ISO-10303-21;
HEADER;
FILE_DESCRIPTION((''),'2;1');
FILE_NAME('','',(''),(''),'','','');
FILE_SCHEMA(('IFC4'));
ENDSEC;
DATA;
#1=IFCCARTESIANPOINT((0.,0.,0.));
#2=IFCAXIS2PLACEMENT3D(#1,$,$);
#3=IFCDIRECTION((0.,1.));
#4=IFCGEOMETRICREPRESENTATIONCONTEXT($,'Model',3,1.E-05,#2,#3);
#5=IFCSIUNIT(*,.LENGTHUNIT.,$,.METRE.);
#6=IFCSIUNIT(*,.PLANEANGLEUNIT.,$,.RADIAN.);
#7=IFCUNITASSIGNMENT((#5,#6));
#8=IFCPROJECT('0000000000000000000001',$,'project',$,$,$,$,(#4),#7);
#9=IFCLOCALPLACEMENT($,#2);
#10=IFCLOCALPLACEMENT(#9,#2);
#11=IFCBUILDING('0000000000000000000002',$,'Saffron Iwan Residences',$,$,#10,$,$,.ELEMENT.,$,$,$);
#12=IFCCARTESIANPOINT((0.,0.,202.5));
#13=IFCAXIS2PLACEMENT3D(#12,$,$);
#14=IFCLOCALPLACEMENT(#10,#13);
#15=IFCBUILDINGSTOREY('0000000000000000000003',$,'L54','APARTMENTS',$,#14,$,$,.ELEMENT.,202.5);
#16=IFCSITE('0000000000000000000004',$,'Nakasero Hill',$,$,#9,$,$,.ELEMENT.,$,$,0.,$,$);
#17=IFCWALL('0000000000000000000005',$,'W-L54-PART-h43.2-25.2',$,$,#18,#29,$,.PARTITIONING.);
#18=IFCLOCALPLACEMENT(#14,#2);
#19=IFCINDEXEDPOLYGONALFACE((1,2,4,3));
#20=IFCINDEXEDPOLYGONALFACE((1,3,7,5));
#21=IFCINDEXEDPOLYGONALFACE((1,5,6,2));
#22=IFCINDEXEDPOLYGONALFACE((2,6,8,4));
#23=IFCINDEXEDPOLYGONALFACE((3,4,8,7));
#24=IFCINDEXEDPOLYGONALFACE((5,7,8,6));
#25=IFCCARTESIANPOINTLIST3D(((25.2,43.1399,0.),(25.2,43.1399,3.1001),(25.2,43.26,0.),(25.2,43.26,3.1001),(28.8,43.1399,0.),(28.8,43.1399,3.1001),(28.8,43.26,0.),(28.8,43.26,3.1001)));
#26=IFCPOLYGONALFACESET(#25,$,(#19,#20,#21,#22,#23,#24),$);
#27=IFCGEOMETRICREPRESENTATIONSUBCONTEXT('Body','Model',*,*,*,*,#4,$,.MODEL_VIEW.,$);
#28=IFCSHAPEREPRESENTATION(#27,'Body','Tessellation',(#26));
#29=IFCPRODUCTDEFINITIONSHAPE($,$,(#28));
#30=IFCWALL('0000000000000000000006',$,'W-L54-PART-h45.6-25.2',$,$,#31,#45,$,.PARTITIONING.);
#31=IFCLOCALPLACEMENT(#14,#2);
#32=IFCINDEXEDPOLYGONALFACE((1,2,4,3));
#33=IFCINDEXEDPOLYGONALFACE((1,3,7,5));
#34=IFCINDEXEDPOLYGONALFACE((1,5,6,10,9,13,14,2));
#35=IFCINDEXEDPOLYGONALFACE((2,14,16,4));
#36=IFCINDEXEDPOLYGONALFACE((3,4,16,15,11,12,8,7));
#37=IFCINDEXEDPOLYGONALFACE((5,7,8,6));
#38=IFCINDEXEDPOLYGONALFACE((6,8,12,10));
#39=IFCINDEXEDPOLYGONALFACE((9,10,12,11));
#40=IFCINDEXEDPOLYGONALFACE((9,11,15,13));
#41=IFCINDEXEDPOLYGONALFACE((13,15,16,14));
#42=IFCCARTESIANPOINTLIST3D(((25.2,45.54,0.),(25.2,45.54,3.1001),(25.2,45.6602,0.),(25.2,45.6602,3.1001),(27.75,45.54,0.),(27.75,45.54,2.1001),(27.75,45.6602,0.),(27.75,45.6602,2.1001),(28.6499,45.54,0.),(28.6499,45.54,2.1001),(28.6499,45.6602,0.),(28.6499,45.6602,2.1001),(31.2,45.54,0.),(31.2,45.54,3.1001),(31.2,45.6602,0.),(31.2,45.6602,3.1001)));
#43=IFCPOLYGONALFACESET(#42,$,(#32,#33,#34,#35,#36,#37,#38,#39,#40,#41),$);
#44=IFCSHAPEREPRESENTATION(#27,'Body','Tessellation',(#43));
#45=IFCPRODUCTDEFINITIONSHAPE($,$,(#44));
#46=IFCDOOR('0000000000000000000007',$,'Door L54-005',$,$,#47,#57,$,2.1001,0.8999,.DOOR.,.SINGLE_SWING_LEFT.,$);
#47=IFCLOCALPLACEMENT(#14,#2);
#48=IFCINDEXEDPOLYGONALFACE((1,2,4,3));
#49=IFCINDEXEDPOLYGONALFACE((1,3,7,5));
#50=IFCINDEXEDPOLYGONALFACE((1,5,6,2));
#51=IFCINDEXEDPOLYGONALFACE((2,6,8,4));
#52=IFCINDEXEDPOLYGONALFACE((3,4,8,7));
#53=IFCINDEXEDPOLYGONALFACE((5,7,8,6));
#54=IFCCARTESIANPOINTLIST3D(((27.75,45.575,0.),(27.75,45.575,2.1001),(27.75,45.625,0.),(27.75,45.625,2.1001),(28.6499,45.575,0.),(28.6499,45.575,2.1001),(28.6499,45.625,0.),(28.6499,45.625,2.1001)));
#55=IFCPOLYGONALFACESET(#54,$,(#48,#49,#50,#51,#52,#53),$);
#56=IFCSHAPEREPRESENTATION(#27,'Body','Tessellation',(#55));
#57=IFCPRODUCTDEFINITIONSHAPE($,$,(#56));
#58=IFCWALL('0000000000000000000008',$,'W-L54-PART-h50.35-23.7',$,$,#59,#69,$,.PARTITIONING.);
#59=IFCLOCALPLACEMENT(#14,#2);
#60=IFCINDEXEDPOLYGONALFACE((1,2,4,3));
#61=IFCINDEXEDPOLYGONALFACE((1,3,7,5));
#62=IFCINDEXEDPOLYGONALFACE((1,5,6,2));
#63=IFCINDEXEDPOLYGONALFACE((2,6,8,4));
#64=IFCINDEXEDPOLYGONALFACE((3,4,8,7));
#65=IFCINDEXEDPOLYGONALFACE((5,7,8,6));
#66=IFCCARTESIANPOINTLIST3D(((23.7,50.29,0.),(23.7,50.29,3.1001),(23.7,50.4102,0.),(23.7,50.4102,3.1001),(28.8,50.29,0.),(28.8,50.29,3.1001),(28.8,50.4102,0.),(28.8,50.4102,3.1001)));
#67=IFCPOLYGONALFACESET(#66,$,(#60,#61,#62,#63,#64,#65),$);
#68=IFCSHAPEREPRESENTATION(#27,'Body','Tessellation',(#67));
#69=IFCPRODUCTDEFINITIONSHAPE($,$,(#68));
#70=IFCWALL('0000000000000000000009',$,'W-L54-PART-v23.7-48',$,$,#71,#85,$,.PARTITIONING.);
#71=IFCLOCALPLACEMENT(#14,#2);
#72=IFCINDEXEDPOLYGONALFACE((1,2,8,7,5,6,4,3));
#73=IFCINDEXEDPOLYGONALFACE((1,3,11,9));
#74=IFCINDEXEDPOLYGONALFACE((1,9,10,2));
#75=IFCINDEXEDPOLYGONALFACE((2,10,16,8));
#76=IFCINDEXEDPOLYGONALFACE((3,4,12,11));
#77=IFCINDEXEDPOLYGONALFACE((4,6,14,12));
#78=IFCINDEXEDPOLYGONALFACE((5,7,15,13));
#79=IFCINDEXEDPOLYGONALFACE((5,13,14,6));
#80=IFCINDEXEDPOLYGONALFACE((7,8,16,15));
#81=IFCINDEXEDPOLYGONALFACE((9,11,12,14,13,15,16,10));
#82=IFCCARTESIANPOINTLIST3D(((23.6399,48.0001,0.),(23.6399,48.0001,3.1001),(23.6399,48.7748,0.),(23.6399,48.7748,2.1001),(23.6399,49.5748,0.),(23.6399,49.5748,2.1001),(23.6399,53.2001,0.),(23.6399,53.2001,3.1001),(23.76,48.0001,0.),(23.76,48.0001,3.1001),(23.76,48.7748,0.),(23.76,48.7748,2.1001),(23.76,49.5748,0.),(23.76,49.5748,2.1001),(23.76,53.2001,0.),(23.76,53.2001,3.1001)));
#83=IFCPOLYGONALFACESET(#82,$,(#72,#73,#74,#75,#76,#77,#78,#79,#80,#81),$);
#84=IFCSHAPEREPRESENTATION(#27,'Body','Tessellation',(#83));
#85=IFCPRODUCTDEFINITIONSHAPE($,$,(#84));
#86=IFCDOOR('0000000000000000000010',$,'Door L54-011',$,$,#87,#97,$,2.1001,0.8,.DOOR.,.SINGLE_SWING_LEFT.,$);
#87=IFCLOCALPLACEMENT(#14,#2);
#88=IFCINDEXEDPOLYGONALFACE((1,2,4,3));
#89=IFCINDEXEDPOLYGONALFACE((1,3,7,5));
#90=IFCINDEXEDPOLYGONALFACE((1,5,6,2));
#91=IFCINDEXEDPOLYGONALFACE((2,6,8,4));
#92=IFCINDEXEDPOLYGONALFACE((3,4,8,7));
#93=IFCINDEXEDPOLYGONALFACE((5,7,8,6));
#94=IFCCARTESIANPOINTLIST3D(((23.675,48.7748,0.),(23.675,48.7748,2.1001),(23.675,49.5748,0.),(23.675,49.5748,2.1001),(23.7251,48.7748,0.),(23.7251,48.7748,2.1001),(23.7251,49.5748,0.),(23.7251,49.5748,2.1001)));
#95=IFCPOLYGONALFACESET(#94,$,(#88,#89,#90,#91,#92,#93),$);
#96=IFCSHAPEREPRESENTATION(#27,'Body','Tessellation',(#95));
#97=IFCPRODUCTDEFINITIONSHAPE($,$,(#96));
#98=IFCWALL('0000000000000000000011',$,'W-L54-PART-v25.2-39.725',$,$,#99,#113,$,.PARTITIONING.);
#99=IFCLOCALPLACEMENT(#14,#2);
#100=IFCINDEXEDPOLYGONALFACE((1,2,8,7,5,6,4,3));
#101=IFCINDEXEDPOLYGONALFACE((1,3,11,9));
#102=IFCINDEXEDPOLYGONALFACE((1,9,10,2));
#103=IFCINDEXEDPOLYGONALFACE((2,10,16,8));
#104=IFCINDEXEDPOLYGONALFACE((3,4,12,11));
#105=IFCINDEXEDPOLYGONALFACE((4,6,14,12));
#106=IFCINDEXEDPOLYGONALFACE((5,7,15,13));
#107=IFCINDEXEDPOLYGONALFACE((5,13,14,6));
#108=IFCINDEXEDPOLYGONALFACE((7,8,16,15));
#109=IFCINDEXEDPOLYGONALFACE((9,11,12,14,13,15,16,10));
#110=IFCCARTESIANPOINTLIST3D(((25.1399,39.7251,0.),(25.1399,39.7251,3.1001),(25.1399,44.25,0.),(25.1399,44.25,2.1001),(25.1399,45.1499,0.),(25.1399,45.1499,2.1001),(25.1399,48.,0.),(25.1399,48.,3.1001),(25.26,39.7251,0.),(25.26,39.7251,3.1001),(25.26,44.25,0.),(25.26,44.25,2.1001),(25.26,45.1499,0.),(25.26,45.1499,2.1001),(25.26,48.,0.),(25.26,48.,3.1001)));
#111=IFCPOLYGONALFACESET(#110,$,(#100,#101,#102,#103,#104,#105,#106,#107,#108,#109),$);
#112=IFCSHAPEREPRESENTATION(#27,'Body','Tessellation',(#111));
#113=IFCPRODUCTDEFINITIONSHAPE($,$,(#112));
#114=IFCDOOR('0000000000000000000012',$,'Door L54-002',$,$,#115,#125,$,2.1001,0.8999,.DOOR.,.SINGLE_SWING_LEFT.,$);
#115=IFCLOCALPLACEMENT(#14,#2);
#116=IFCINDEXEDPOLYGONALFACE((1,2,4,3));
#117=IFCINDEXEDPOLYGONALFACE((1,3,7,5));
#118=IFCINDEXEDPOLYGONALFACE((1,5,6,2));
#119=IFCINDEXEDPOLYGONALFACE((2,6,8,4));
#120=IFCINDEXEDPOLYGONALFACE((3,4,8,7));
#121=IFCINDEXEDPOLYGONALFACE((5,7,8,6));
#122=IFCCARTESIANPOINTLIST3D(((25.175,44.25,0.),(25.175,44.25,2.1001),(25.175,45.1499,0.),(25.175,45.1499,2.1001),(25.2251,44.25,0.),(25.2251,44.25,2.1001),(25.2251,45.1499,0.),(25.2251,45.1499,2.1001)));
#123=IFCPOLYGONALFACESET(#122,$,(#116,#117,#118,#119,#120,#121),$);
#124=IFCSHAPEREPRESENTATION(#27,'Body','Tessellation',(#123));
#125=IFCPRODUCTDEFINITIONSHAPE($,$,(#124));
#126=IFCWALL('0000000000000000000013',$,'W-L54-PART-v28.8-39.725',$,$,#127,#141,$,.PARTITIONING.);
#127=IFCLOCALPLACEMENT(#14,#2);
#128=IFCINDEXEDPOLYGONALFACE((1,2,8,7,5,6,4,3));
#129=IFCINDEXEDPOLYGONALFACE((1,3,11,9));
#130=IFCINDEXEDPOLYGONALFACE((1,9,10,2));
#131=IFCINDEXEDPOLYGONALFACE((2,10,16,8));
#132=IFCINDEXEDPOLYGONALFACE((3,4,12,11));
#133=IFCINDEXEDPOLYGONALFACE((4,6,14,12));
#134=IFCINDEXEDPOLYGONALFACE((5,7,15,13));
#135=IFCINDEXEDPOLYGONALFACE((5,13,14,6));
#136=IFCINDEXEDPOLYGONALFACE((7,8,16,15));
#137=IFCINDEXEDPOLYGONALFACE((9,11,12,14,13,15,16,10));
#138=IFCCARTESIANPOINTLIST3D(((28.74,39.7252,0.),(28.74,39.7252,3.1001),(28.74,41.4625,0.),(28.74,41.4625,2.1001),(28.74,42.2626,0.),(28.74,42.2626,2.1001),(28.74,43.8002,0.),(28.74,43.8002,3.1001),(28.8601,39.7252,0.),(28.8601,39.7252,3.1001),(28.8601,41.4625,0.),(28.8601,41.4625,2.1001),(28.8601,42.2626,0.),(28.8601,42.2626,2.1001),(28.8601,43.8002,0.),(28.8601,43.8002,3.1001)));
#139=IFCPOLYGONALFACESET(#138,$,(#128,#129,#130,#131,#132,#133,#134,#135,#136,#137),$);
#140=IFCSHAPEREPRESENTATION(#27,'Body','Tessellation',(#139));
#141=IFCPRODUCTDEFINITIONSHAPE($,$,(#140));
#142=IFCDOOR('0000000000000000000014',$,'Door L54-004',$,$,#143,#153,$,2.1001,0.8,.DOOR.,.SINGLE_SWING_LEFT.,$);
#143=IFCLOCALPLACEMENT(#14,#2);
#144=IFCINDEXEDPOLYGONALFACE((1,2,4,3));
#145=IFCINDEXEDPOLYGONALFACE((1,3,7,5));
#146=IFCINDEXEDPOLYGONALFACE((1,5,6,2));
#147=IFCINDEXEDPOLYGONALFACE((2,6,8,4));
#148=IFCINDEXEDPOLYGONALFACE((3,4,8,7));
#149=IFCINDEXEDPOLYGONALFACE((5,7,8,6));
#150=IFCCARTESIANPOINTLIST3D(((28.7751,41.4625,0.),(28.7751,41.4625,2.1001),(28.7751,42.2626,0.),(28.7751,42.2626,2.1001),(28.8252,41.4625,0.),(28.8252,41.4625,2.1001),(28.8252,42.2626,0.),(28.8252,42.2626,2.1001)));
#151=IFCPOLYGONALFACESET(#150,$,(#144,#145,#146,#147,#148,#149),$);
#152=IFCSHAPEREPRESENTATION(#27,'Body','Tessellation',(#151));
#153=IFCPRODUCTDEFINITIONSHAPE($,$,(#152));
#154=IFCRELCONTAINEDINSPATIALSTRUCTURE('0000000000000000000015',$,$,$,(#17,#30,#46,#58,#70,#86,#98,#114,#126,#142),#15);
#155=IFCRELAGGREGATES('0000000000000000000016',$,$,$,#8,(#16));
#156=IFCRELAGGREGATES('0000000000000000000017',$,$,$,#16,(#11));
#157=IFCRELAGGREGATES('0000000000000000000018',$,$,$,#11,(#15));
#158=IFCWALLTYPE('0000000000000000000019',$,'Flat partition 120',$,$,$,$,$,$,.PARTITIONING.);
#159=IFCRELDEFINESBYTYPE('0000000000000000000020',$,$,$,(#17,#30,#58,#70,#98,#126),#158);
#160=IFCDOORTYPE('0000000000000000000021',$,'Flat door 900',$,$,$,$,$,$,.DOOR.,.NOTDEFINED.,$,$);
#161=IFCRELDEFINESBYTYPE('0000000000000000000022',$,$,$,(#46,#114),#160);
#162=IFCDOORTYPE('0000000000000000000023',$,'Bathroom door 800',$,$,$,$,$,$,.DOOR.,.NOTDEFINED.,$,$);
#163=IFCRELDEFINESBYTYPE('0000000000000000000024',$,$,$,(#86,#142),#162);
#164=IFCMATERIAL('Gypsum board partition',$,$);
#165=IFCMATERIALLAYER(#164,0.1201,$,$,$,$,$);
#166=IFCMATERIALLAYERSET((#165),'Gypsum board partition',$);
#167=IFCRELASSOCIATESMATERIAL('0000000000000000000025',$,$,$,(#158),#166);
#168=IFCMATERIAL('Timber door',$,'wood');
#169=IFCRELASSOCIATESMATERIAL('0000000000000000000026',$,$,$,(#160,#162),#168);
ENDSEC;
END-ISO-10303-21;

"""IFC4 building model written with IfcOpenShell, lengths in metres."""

from ifc_helpers import new_model, si_unit, direction, frame, frame_2d, origin, place, context, subcontext, project, spatial, rectangle, extrude, material, layer, layer_set, type_object, element, fill, save


model = new_model("IFC4")

# Units and contexts
model_context = context("Model", 3, precision=1e-05, world=origin(), true_north=direction((0.0, 1.0)))
body_context = subcontext(model_context, "Body", "Model", "MODEL_VIEW")
ifc_project = project(units=[si_unit("LENGTHUNIT", "METRE"), si_unit("PLANEANGLEUNIT", "RADIAN")], contexts=[model_context])

# Site, building, storey
site_placement = place(None, origin())
site = spatial("IfcSite", under=ifc_project, at=site_placement, Name="Nakasero Hill", CompositionType="ELEMENT", RefElevation=0.0)
building_placement = place(site_placement, origin())
building = spatial("IfcBuilding", under=site, at=building_placement, Name="Saffron Iwan Residences", CompositionType="ELEMENT")
storey_placement = place(building_placement, frame((0.0, 0.0, 202.5)))
storey = spatial("IfcBuildingStorey", under=building, at=storey_placement, Name="L54", Description="APARTMENTS", CompositionType="ELEMENT", Elevation=202.5)

# Wall
ifc_material_1 = material(Name="Gypsum board partition")
ifc_layer = layer(ifc_material_1, 0.1201)
ifc_layer_set = layer_set([ifc_layer], Name="Gypsum board partition")
wall_type = type_object("IfcWallType", Name="Flat partition 120", PredefinedType="PARTITIONING", material=ifc_layer_set)
wall_1_placement = place(storey_placement, frame((25.2, 43.2, 0.0), z_axis=(0.0, 0.0, 1.0), x_axis=(1.0, 0.0, 0.0)))
element("IfcWall", 1, at=wall_1_placement, inside=storey, type_object=wall_type, Name="W-L54-PART-h43.2-25.2", PredefinedType="PARTITIONING", context=body_context, shape_type="SweptSolid", body=[
    extrude(rectangle(XDim=3.6001, YDim=0.1201, at=frame_2d((1.8, 0.0))), origin(), (0.0, 0.0, 1.0), 3.1001),
])

# Wall, opening, door
wall_2_placement = place(storey_placement, frame((25.2, 45.6001, 0.0), z_axis=(0.0, 0.0, 1.0), x_axis=(1.0, 0.0, 0.0)))
wall_2 = element("IfcWall", 2, at=wall_2_placement, inside=storey, type_object=wall_type, Name="W-L54-PART-h45.6-25.2", PredefinedType="PARTITIONING", context=body_context, shape_type="SweptSolid", body=[
    extrude(rectangle(XDim=6.0, YDim=0.1201, at=frame_2d((3.0, 0.0))), origin(), (0.0, 0.0, 1.0), 3.1001),
])
opening_1_placement = place(wall_2_placement, frame((2.55, 0.0, 0.0)))
opening_1 = element("IfcOpeningElement", 3, at=opening_1_placement, cuts=wall_2, PredefinedType="OPENING", context=body_context, shape_type="SweptSolid", body=[
    extrude(rectangle(XDim=0.8999, YDim=2.1001, at=frame_2d((0.45, 1.05))), frame((0.0, 0.0701, 0.0), z_axis=(0.0, -1.0, 0.0), x_axis=(1.0, 0.0, 0.0)), (0.0, 0.0, 1.0), 0.1401),
])
ifc_material_2 = material(Name="Timber door", Category="wood")
door_type_1 = type_object("IfcDoorType", Name="Flat door 900", OperationType="NOTDEFINED", PredefinedType="DOOR", material=ifc_material_2)
door_1_placement = place(opening_1_placement, origin())
door_1 = element("IfcDoor", 4, at=door_1_placement, inside=storey, type_object=door_type_1, Name="Door L54-005", OperationType="SINGLE_SWING_LEFT", OverallHeight=2.1001, OverallWidth=0.8999, PredefinedType="DOOR", context=body_context, shape_type="SweptSolid", body=[
    extrude(rectangle(XDim=0.8999, YDim=2.1001, at=frame_2d((0.45, 1.05))), frame((0.0, 0.0249, 0.0), z_axis=(0.0, -1.0, 0.0), x_axis=(1.0, 0.0, 0.0)), (0.0, 0.0, 1.0), 0.05),
])
fill(opening_1, door_1)

# Wall
wall_3_placement = place(storey_placement, frame((23.7, 50.3501, 0.0), z_axis=(0.0, 0.0, 1.0), x_axis=(1.0, 0.0, 0.0)))
element("IfcWall", 5, at=wall_3_placement, inside=storey, type_object=wall_type, Name="W-L54-PART-h50.35-23.7", PredefinedType="PARTITIONING", context=body_context, shape_type="SweptSolid", body=[
    extrude(rectangle(XDim=5.1001, YDim=0.1201, at=frame_2d((2.55, 0.0))), origin(), (0.0, 0.0, 1.0), 3.1001),
])

# Walls, openings, doors
wall_4_placement = place(storey_placement, frame((23.7, 48.0, 0.0), z_axis=(0.0, 0.0, 1.0), x_axis=(0.0, 1.0, 0.0)))
wall_4 = element("IfcWall", 6, at=wall_4_placement, inside=storey, type_object=wall_type, Name="W-L54-PART-v23.7-48", PredefinedType="PARTITIONING", context=body_context, shape_type="SweptSolid", body=[
    extrude(rectangle(XDim=5.2, YDim=0.1201, at=frame_2d((2.6001, 0.0))), origin(), (0.0, 0.0, 1.0), 3.1001),
])
opening_2_placement = place(wall_4_placement, frame((0.7749, 0.0, 0.0)))
opening_2 = element("IfcOpeningElement", 7, at=opening_2_placement, cuts=wall_4, PredefinedType="OPENING", context=body_context, shape_type="SweptSolid", body=[
    extrude(rectangle(XDim=0.8, YDim=2.1001, at=frame_2d((0.3999, 1.05))), frame((0.0, 0.0701, 0.0), z_axis=(0.0, -1.0, 0.0), x_axis=(1.0, 0.0, 0.0)), (0.0, 0.0, 1.0), 0.1401),
])
door_type_2 = type_object("IfcDoorType", Name="Bathroom door 800", OperationType="NOTDEFINED", PredefinedType="DOOR", material=ifc_material_2)
door_2_placement = place(opening_2_placement, origin())
door_2 = element("IfcDoor", 8, at=door_2_placement, inside=storey, type_object=door_type_2, Name="Door L54-011", OperationType="SINGLE_SWING_LEFT", OverallHeight=2.1001, OverallWidth=0.8, PredefinedType="DOOR", context=body_context, shape_type="SweptSolid", body=[
    extrude(rectangle(XDim=0.8, YDim=2.1001, at=frame_2d((0.3999, 1.05))), frame((0.0, 0.0249, 0.0), z_axis=(0.0, -1.0, 0.0), x_axis=(1.0, 0.0, 0.0)), (0.0, 0.0, 1.0), 0.05),
])
fill(opening_2, door_2)
wall_5_placement = place(storey_placement, frame((25.2, 39.7251, 0.0), z_axis=(0.0, 0.0, 1.0), x_axis=(0.0, 1.0, 0.0)))
wall_5 = element("IfcWall", 9, at=wall_5_placement, inside=storey, type_object=wall_type, Name="W-L54-PART-v25.2-39.725", PredefinedType="PARTITIONING", context=body_context, shape_type="SweptSolid", body=[
    extrude(rectangle(XDim=8.2749, YDim=0.1201, at=frame_2d((4.1375, 0.0))), origin(), (0.0, 0.0, 1.0), 3.1001),
])
opening_3_placement = place(wall_5_placement, frame((4.5249, 0.0, 0.0)))
opening_3 = element("IfcOpeningElement", 10, at=opening_3_placement, cuts=wall_5, PredefinedType="OPENING", context=body_context, shape_type="SweptSolid", body=[
    extrude(rectangle(XDim=0.8999, YDim=2.1001, at=frame_2d((0.45, 1.05))), frame((0.0, 0.0701, 0.0), z_axis=(0.0, -1.0, 0.0), x_axis=(1.0, 0.0, 0.0)), (0.0, 0.0, 1.0), 0.1401),
])
door_3_placement = place(opening_3_placement, origin())
door_3 = element("IfcDoor", 11, at=door_3_placement, inside=storey, type_object=door_type_1, Name="Door L54-002", OperationType="SINGLE_SWING_LEFT", OverallHeight=2.1001, OverallWidth=0.8999, PredefinedType="DOOR", context=body_context, shape_type="SweptSolid", body=[
    extrude(rectangle(XDim=0.8999, YDim=2.1001, at=frame_2d((0.45, 1.05))), frame((0.0, 0.0249, 0.0), z_axis=(0.0, -1.0, 0.0), x_axis=(1.0, 0.0, 0.0)), (0.0, 0.0, 1.0), 0.05),
])
fill(opening_3, door_3)
wall_6_placement = place(storey_placement, frame((28.8, 39.7251, 0.0), z_axis=(0.0, 0.0, 1.0), x_axis=(0.0, 1.0, 0.0)))
wall_6 = element("IfcWall", 12, at=wall_6_placement, inside=storey, type_object=wall_type, Name="W-L54-PART-v28.8-39.725", PredefinedType="PARTITIONING", context=body_context, shape_type="SweptSolid", body=[
    extrude(rectangle(XDim=4.075, YDim=0.1201, at=frame_2d((2.0376, 0.0))), origin(), (0.0, 0.0, 1.0), 3.1001),
])
opening_4_placement = place(wall_6_placement, frame((1.7375, 0.0, 0.0)))
opening_4 = element("IfcOpeningElement", 13, at=opening_4_placement, cuts=wall_6, PredefinedType="OPENING", context=body_context, shape_type="SweptSolid", body=[
    extrude(rectangle(XDim=0.8, YDim=2.1001, at=frame_2d((0.3999, 1.05))), frame((0.0, 0.0701, 0.0), z_axis=(0.0, -1.0, 0.0), x_axis=(1.0, 0.0, 0.0)), (0.0, 0.0, 1.0), 0.1401),
])
door_4_placement = place(opening_4_placement, origin())
door_4 = element("IfcDoor", 14, at=door_4_placement, inside=storey, type_object=door_type_2, Name="Door L54-004", OperationType="SINGLE_SWING_LEFT", OverallHeight=2.1001, OverallWidth=0.8, PredefinedType="DOOR", context=body_context, shape_type="SweptSolid", body=[
    extrude(rectangle(XDim=0.8, YDim=2.1001, at=frame_2d((0.3999, 1.05))), frame((0.0, 0.0249, 0.0), z_axis=(0.0, -1.0, 0.0), x_axis=(1.0, 0.0, 0.0)), (0.0, 0.0, 1.0), 0.05),
])
fill(opening_4, door_4)

save(model, "model.ifc")
